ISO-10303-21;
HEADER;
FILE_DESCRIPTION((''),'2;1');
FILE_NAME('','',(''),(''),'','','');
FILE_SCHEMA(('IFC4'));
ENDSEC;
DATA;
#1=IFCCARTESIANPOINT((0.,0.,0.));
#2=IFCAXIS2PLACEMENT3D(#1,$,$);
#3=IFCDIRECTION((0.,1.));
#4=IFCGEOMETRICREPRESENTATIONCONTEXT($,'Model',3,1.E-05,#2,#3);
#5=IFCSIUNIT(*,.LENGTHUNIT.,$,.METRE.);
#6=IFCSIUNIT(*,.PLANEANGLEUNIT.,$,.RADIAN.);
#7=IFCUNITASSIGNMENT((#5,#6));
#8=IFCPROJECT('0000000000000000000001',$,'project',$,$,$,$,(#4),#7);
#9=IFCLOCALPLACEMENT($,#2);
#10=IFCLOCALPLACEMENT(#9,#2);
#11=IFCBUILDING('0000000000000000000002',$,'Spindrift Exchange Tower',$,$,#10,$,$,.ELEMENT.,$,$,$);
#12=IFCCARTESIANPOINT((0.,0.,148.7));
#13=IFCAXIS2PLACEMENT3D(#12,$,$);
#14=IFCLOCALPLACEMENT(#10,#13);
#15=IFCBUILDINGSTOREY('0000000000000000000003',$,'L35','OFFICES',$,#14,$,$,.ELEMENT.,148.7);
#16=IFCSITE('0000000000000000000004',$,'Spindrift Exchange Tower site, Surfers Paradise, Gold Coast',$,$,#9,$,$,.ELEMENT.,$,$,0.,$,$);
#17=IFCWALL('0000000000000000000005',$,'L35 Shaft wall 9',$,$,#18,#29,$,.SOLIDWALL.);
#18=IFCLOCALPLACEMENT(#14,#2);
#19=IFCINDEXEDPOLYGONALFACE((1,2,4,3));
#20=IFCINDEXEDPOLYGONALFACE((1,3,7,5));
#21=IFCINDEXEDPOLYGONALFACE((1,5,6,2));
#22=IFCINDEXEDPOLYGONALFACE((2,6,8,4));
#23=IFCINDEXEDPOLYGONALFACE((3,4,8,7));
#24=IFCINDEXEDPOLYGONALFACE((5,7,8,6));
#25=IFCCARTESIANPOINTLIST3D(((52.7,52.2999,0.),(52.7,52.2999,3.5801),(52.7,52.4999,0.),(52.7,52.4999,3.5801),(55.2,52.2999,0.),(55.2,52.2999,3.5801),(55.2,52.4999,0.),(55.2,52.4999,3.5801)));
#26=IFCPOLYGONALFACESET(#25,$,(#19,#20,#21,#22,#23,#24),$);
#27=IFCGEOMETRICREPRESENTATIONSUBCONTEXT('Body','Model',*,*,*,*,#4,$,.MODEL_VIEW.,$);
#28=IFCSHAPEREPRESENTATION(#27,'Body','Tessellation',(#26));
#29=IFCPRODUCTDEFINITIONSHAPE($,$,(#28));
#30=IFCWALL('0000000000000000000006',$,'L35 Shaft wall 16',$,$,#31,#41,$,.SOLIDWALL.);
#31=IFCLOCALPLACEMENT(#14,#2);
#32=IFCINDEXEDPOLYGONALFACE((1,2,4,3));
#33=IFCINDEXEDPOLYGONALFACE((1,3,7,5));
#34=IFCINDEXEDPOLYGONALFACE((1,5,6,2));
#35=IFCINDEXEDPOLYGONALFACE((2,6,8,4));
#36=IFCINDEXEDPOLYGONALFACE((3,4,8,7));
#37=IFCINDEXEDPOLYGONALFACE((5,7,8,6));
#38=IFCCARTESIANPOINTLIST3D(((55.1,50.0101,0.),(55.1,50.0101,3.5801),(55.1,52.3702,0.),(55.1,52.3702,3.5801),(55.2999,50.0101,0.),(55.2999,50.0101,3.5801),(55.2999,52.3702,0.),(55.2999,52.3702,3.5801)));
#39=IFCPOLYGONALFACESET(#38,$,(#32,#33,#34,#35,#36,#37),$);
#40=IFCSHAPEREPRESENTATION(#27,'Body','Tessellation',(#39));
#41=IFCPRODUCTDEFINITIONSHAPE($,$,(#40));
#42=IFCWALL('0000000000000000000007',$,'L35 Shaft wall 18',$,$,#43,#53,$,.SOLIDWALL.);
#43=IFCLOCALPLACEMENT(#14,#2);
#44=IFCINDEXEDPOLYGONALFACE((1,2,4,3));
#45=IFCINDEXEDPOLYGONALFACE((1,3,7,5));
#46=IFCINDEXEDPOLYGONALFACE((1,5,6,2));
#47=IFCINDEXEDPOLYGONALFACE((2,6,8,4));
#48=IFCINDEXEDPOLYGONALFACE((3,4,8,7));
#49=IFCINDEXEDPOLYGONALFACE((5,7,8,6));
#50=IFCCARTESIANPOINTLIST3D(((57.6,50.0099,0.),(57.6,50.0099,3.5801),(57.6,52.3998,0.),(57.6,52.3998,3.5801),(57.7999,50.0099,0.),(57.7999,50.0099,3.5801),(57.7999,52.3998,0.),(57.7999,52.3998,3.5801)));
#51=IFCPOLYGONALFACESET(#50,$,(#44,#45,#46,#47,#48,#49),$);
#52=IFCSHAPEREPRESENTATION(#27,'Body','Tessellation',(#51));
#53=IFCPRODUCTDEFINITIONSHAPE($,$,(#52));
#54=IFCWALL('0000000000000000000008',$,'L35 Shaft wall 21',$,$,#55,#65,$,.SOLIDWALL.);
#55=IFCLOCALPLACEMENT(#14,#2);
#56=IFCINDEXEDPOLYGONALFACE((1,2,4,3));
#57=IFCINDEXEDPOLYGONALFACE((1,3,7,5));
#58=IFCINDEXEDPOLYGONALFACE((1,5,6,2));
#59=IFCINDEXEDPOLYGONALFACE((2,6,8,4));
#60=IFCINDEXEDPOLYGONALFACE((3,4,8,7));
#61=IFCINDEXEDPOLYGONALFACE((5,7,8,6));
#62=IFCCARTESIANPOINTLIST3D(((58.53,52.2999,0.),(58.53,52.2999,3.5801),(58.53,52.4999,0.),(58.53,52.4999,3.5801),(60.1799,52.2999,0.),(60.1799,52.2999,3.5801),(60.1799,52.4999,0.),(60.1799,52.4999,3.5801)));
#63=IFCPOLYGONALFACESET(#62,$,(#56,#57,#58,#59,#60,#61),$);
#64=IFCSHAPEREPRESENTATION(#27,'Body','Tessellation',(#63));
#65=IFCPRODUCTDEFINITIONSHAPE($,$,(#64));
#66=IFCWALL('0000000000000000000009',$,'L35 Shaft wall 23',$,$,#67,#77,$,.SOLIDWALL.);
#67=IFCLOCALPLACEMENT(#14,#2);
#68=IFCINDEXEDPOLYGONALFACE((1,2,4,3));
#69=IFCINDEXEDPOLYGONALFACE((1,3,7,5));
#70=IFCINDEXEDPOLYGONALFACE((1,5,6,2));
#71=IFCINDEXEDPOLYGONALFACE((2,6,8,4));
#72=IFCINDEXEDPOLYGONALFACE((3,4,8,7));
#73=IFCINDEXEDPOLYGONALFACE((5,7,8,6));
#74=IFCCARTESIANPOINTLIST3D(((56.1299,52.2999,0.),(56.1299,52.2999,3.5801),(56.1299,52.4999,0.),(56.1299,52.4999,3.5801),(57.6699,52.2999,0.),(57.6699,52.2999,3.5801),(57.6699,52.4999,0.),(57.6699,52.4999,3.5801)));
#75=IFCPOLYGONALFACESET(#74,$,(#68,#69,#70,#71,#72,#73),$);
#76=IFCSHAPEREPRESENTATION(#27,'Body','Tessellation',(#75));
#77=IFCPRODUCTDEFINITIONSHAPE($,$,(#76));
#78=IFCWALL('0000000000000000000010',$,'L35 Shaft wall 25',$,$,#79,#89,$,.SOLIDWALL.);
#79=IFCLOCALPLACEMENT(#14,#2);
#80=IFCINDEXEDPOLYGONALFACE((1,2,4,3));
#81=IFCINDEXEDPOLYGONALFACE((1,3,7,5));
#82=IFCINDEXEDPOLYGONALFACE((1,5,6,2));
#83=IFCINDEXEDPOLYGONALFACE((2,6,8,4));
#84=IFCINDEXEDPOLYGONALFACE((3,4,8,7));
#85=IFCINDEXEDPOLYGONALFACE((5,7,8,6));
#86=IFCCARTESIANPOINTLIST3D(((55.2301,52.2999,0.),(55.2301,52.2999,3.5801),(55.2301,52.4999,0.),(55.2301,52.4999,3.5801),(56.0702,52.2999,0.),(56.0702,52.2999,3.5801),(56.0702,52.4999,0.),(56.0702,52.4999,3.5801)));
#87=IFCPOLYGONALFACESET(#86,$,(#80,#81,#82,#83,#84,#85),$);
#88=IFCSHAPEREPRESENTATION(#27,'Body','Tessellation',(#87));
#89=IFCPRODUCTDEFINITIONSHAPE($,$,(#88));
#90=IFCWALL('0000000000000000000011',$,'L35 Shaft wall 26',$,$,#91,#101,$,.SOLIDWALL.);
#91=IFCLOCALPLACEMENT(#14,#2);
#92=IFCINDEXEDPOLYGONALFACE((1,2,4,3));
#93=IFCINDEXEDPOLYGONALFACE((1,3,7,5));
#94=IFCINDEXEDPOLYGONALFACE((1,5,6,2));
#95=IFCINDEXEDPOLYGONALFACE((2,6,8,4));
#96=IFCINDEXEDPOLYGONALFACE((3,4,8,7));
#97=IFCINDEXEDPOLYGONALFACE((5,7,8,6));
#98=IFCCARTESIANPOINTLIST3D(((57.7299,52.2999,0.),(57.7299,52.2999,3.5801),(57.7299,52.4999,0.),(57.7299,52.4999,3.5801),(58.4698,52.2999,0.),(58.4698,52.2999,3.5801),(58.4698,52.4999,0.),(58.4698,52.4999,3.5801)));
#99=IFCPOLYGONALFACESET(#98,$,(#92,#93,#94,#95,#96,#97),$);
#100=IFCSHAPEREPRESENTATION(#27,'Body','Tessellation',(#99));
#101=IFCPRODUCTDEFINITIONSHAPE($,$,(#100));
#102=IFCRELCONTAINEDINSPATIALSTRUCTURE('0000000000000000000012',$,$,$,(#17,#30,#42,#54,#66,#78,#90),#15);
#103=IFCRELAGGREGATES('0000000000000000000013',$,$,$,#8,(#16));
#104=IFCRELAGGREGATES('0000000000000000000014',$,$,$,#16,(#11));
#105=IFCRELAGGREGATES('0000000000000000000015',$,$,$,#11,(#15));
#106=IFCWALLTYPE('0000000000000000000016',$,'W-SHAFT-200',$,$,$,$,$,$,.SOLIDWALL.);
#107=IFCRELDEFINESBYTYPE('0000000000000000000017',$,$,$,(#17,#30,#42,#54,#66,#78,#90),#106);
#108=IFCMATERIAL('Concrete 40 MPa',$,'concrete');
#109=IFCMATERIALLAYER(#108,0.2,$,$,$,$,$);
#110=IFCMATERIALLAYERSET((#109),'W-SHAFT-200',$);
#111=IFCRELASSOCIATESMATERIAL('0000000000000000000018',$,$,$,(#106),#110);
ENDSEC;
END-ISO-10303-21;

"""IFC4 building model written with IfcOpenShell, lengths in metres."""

from ifc_helpers import new_model, si_unit, direction, frame, frame_2d, origin, place, context, subcontext, project, spatial, rectangle, extrude, material, layer, layer_set, type_object, element, save


model = new_model("IFC4")

# Units and contexts
model_context = context("Model", 3, precision=1e-05, world=origin(), true_north=direction((0.0, 1.0)))
body_context = subcontext(model_context, "Body", "Model", "MODEL_VIEW")
ifc_project = project(units=[si_unit("LENGTHUNIT", "METRE"), si_unit("PLANEANGLEUNIT", "RADIAN")], contexts=[model_context])

# Site, building, storey
site_placement = place(None, origin())
site = spatial("IfcSite", under=ifc_project, at=site_placement, Name="Spindrift Exchange Tower site, Surfers Paradise, Gold Coast", CompositionType="ELEMENT", RefElevation=0.0)
building_placement = place(site_placement, origin())
building = spatial("IfcBuilding", under=site, at=building_placement, Name="Spindrift Exchange Tower", CompositionType="ELEMENT")
storey_placement = place(building_placement, frame((0.0, 0.0, 148.7)))
storey = spatial("IfcBuildingStorey", under=building, at=storey_placement, Name="L35", Description="OFFICES", CompositionType="ELEMENT", Elevation=148.7)

# Shared definitions
ifc_material_1 = material(Name="Concrete 40 MPa", Category="concrete")
ifc_layer_1 = layer(ifc_material_1, 0.2)
ifc_layer_set_1 = layer_set([ifc_layer_1], Name="W-SHAFT-200")
wall_type_1 = type_object("IfcWallType", Name="W-SHAFT-200", PredefinedType="SOLIDWALL", material=ifc_layer_set_1)

# Walls
wall_1_placement = place(storey_placement, frame((55.2, 52.3999, 0.0), z_axis=(0.0, 0.0, 1.0), x_axis=(-1.0, 0.0, 0.0)))
element("IfcWall", 1, at=wall_1_placement, inside=storey, type_object=wall_type_1, Name="L35 Shaft wall 9", PredefinedType="SOLIDWALL", context=body_context, shape_type="SweptSolid", body=[
    extrude(rectangle(XDim=2.5, YDim=0.2, at=frame_2d((1.25, 0.0))), origin(), (0.0, 0.0, 1.0), 3.5801),
])
wall_2_placement = place(storey_placement, frame((55.2, 50.01, 0.0), z_axis=(0.0, 0.0, 1.0), x_axis=(0.0, 1.0, 0.0)))
element("IfcWall", 2, at=wall_2_placement, inside=storey, type_object=wall_type_1, Name="L35 Shaft wall 16", PredefinedType="SOLIDWALL", context=body_context, shape_type="SweptSolid", body=[
    extrude(rectangle(XDim=2.3601, YDim=0.2, at=frame_2d((1.1802, 0.0))), origin(), (0.0, 0.0, 1.0), 3.5801),
])
wall_3_placement = place(storey_placement, frame((57.7, 50.01, 0.0), z_axis=(0.0, 0.0, 1.0), x_axis=(0.0, 1.0, 0.0)))
element("IfcWall", 3, at=wall_3_placement, inside=storey, type_object=wall_type_1, Name="L35 Shaft wall 18", PredefinedType="SOLIDWALL", context=body_context, shape_type="SweptSolid", body=[
    extrude(rectangle(XDim=2.3899, YDim=0.2, at=frame_2d((1.1948, 0.0))), origin(), (0.0, 0.0, 1.0), 3.5801),
])
wall_4_placement = place(storey_placement, frame((60.1799, 52.3999, 0.0), z_axis=(0.0, 0.0, 1.0), x_axis=(-1.0, 0.0, 0.0)))
element("IfcWall", 4, at=wall_4_placement, inside=storey, type_object=wall_type_1, Name="L35 Shaft wall 21", PredefinedType="SOLIDWALL", context=body_context, shape_type="SweptSolid", body=[
    extrude(rectangle(XDim=1.6499, YDim=0.2, at=frame_2d((0.825, 0.0))), origin(), (0.0, 0.0, 1.0), 3.5801),
])
wall_5_placement = place(storey_placement, frame((57.6699, 52.3999, 0.0), z_axis=(0.0, 0.0, 1.0), x_axis=(-1.0, 0.0, 0.0)))
element("IfcWall", 5, at=wall_5_placement, inside=storey, type_object=wall_type_1, Name="L35 Shaft wall 23", PredefinedType="SOLIDWALL", context=body_context, shape_type="SweptSolid", body=[
    extrude(rectangle(XDim=1.54, YDim=0.2, at=frame_2d((0.77, 0.0))), origin(), (0.0, 0.0, 1.0), 3.5801),
])
wall_6_placement = place(storey_placement, frame((56.0701, 52.3999, 0.0), z_axis=(0.0, 0.0, 1.0), x_axis=(-1.0, 0.0, 0.0)))
element("IfcWall", 6, at=wall_6_placement, inside=storey, type_object=wall_type_1, Name="L35 Shaft wall 25", PredefinedType="SOLIDWALL", context=body_context, shape_type="SweptSolid", body=[
    extrude(rectangle(XDim=0.8401, YDim=0.2, at=frame_2d((0.4199, 0.0))), origin(), (0.0, 0.0, 1.0), 3.5801),
])
wall_7_placement = place(storey_placement, frame((58.47, 52.3999, 0.0), z_axis=(0.0, 0.0, 1.0), x_axis=(-1.0, 0.0, 0.0)))
element("IfcWall", 7, at=wall_7_placement, inside=storey, type_object=wall_type_1, Name="L35 Shaft wall 26", PredefinedType="SOLIDWALL", context=body_context, shape_type="SweptSolid", body=[
    extrude(rectangle(XDim=0.74, YDim=0.2, at=frame_2d((0.3701, 0.0))), origin(), (0.0, 0.0, 1.0), 3.5801),
])

save(model, "model.ifc")
